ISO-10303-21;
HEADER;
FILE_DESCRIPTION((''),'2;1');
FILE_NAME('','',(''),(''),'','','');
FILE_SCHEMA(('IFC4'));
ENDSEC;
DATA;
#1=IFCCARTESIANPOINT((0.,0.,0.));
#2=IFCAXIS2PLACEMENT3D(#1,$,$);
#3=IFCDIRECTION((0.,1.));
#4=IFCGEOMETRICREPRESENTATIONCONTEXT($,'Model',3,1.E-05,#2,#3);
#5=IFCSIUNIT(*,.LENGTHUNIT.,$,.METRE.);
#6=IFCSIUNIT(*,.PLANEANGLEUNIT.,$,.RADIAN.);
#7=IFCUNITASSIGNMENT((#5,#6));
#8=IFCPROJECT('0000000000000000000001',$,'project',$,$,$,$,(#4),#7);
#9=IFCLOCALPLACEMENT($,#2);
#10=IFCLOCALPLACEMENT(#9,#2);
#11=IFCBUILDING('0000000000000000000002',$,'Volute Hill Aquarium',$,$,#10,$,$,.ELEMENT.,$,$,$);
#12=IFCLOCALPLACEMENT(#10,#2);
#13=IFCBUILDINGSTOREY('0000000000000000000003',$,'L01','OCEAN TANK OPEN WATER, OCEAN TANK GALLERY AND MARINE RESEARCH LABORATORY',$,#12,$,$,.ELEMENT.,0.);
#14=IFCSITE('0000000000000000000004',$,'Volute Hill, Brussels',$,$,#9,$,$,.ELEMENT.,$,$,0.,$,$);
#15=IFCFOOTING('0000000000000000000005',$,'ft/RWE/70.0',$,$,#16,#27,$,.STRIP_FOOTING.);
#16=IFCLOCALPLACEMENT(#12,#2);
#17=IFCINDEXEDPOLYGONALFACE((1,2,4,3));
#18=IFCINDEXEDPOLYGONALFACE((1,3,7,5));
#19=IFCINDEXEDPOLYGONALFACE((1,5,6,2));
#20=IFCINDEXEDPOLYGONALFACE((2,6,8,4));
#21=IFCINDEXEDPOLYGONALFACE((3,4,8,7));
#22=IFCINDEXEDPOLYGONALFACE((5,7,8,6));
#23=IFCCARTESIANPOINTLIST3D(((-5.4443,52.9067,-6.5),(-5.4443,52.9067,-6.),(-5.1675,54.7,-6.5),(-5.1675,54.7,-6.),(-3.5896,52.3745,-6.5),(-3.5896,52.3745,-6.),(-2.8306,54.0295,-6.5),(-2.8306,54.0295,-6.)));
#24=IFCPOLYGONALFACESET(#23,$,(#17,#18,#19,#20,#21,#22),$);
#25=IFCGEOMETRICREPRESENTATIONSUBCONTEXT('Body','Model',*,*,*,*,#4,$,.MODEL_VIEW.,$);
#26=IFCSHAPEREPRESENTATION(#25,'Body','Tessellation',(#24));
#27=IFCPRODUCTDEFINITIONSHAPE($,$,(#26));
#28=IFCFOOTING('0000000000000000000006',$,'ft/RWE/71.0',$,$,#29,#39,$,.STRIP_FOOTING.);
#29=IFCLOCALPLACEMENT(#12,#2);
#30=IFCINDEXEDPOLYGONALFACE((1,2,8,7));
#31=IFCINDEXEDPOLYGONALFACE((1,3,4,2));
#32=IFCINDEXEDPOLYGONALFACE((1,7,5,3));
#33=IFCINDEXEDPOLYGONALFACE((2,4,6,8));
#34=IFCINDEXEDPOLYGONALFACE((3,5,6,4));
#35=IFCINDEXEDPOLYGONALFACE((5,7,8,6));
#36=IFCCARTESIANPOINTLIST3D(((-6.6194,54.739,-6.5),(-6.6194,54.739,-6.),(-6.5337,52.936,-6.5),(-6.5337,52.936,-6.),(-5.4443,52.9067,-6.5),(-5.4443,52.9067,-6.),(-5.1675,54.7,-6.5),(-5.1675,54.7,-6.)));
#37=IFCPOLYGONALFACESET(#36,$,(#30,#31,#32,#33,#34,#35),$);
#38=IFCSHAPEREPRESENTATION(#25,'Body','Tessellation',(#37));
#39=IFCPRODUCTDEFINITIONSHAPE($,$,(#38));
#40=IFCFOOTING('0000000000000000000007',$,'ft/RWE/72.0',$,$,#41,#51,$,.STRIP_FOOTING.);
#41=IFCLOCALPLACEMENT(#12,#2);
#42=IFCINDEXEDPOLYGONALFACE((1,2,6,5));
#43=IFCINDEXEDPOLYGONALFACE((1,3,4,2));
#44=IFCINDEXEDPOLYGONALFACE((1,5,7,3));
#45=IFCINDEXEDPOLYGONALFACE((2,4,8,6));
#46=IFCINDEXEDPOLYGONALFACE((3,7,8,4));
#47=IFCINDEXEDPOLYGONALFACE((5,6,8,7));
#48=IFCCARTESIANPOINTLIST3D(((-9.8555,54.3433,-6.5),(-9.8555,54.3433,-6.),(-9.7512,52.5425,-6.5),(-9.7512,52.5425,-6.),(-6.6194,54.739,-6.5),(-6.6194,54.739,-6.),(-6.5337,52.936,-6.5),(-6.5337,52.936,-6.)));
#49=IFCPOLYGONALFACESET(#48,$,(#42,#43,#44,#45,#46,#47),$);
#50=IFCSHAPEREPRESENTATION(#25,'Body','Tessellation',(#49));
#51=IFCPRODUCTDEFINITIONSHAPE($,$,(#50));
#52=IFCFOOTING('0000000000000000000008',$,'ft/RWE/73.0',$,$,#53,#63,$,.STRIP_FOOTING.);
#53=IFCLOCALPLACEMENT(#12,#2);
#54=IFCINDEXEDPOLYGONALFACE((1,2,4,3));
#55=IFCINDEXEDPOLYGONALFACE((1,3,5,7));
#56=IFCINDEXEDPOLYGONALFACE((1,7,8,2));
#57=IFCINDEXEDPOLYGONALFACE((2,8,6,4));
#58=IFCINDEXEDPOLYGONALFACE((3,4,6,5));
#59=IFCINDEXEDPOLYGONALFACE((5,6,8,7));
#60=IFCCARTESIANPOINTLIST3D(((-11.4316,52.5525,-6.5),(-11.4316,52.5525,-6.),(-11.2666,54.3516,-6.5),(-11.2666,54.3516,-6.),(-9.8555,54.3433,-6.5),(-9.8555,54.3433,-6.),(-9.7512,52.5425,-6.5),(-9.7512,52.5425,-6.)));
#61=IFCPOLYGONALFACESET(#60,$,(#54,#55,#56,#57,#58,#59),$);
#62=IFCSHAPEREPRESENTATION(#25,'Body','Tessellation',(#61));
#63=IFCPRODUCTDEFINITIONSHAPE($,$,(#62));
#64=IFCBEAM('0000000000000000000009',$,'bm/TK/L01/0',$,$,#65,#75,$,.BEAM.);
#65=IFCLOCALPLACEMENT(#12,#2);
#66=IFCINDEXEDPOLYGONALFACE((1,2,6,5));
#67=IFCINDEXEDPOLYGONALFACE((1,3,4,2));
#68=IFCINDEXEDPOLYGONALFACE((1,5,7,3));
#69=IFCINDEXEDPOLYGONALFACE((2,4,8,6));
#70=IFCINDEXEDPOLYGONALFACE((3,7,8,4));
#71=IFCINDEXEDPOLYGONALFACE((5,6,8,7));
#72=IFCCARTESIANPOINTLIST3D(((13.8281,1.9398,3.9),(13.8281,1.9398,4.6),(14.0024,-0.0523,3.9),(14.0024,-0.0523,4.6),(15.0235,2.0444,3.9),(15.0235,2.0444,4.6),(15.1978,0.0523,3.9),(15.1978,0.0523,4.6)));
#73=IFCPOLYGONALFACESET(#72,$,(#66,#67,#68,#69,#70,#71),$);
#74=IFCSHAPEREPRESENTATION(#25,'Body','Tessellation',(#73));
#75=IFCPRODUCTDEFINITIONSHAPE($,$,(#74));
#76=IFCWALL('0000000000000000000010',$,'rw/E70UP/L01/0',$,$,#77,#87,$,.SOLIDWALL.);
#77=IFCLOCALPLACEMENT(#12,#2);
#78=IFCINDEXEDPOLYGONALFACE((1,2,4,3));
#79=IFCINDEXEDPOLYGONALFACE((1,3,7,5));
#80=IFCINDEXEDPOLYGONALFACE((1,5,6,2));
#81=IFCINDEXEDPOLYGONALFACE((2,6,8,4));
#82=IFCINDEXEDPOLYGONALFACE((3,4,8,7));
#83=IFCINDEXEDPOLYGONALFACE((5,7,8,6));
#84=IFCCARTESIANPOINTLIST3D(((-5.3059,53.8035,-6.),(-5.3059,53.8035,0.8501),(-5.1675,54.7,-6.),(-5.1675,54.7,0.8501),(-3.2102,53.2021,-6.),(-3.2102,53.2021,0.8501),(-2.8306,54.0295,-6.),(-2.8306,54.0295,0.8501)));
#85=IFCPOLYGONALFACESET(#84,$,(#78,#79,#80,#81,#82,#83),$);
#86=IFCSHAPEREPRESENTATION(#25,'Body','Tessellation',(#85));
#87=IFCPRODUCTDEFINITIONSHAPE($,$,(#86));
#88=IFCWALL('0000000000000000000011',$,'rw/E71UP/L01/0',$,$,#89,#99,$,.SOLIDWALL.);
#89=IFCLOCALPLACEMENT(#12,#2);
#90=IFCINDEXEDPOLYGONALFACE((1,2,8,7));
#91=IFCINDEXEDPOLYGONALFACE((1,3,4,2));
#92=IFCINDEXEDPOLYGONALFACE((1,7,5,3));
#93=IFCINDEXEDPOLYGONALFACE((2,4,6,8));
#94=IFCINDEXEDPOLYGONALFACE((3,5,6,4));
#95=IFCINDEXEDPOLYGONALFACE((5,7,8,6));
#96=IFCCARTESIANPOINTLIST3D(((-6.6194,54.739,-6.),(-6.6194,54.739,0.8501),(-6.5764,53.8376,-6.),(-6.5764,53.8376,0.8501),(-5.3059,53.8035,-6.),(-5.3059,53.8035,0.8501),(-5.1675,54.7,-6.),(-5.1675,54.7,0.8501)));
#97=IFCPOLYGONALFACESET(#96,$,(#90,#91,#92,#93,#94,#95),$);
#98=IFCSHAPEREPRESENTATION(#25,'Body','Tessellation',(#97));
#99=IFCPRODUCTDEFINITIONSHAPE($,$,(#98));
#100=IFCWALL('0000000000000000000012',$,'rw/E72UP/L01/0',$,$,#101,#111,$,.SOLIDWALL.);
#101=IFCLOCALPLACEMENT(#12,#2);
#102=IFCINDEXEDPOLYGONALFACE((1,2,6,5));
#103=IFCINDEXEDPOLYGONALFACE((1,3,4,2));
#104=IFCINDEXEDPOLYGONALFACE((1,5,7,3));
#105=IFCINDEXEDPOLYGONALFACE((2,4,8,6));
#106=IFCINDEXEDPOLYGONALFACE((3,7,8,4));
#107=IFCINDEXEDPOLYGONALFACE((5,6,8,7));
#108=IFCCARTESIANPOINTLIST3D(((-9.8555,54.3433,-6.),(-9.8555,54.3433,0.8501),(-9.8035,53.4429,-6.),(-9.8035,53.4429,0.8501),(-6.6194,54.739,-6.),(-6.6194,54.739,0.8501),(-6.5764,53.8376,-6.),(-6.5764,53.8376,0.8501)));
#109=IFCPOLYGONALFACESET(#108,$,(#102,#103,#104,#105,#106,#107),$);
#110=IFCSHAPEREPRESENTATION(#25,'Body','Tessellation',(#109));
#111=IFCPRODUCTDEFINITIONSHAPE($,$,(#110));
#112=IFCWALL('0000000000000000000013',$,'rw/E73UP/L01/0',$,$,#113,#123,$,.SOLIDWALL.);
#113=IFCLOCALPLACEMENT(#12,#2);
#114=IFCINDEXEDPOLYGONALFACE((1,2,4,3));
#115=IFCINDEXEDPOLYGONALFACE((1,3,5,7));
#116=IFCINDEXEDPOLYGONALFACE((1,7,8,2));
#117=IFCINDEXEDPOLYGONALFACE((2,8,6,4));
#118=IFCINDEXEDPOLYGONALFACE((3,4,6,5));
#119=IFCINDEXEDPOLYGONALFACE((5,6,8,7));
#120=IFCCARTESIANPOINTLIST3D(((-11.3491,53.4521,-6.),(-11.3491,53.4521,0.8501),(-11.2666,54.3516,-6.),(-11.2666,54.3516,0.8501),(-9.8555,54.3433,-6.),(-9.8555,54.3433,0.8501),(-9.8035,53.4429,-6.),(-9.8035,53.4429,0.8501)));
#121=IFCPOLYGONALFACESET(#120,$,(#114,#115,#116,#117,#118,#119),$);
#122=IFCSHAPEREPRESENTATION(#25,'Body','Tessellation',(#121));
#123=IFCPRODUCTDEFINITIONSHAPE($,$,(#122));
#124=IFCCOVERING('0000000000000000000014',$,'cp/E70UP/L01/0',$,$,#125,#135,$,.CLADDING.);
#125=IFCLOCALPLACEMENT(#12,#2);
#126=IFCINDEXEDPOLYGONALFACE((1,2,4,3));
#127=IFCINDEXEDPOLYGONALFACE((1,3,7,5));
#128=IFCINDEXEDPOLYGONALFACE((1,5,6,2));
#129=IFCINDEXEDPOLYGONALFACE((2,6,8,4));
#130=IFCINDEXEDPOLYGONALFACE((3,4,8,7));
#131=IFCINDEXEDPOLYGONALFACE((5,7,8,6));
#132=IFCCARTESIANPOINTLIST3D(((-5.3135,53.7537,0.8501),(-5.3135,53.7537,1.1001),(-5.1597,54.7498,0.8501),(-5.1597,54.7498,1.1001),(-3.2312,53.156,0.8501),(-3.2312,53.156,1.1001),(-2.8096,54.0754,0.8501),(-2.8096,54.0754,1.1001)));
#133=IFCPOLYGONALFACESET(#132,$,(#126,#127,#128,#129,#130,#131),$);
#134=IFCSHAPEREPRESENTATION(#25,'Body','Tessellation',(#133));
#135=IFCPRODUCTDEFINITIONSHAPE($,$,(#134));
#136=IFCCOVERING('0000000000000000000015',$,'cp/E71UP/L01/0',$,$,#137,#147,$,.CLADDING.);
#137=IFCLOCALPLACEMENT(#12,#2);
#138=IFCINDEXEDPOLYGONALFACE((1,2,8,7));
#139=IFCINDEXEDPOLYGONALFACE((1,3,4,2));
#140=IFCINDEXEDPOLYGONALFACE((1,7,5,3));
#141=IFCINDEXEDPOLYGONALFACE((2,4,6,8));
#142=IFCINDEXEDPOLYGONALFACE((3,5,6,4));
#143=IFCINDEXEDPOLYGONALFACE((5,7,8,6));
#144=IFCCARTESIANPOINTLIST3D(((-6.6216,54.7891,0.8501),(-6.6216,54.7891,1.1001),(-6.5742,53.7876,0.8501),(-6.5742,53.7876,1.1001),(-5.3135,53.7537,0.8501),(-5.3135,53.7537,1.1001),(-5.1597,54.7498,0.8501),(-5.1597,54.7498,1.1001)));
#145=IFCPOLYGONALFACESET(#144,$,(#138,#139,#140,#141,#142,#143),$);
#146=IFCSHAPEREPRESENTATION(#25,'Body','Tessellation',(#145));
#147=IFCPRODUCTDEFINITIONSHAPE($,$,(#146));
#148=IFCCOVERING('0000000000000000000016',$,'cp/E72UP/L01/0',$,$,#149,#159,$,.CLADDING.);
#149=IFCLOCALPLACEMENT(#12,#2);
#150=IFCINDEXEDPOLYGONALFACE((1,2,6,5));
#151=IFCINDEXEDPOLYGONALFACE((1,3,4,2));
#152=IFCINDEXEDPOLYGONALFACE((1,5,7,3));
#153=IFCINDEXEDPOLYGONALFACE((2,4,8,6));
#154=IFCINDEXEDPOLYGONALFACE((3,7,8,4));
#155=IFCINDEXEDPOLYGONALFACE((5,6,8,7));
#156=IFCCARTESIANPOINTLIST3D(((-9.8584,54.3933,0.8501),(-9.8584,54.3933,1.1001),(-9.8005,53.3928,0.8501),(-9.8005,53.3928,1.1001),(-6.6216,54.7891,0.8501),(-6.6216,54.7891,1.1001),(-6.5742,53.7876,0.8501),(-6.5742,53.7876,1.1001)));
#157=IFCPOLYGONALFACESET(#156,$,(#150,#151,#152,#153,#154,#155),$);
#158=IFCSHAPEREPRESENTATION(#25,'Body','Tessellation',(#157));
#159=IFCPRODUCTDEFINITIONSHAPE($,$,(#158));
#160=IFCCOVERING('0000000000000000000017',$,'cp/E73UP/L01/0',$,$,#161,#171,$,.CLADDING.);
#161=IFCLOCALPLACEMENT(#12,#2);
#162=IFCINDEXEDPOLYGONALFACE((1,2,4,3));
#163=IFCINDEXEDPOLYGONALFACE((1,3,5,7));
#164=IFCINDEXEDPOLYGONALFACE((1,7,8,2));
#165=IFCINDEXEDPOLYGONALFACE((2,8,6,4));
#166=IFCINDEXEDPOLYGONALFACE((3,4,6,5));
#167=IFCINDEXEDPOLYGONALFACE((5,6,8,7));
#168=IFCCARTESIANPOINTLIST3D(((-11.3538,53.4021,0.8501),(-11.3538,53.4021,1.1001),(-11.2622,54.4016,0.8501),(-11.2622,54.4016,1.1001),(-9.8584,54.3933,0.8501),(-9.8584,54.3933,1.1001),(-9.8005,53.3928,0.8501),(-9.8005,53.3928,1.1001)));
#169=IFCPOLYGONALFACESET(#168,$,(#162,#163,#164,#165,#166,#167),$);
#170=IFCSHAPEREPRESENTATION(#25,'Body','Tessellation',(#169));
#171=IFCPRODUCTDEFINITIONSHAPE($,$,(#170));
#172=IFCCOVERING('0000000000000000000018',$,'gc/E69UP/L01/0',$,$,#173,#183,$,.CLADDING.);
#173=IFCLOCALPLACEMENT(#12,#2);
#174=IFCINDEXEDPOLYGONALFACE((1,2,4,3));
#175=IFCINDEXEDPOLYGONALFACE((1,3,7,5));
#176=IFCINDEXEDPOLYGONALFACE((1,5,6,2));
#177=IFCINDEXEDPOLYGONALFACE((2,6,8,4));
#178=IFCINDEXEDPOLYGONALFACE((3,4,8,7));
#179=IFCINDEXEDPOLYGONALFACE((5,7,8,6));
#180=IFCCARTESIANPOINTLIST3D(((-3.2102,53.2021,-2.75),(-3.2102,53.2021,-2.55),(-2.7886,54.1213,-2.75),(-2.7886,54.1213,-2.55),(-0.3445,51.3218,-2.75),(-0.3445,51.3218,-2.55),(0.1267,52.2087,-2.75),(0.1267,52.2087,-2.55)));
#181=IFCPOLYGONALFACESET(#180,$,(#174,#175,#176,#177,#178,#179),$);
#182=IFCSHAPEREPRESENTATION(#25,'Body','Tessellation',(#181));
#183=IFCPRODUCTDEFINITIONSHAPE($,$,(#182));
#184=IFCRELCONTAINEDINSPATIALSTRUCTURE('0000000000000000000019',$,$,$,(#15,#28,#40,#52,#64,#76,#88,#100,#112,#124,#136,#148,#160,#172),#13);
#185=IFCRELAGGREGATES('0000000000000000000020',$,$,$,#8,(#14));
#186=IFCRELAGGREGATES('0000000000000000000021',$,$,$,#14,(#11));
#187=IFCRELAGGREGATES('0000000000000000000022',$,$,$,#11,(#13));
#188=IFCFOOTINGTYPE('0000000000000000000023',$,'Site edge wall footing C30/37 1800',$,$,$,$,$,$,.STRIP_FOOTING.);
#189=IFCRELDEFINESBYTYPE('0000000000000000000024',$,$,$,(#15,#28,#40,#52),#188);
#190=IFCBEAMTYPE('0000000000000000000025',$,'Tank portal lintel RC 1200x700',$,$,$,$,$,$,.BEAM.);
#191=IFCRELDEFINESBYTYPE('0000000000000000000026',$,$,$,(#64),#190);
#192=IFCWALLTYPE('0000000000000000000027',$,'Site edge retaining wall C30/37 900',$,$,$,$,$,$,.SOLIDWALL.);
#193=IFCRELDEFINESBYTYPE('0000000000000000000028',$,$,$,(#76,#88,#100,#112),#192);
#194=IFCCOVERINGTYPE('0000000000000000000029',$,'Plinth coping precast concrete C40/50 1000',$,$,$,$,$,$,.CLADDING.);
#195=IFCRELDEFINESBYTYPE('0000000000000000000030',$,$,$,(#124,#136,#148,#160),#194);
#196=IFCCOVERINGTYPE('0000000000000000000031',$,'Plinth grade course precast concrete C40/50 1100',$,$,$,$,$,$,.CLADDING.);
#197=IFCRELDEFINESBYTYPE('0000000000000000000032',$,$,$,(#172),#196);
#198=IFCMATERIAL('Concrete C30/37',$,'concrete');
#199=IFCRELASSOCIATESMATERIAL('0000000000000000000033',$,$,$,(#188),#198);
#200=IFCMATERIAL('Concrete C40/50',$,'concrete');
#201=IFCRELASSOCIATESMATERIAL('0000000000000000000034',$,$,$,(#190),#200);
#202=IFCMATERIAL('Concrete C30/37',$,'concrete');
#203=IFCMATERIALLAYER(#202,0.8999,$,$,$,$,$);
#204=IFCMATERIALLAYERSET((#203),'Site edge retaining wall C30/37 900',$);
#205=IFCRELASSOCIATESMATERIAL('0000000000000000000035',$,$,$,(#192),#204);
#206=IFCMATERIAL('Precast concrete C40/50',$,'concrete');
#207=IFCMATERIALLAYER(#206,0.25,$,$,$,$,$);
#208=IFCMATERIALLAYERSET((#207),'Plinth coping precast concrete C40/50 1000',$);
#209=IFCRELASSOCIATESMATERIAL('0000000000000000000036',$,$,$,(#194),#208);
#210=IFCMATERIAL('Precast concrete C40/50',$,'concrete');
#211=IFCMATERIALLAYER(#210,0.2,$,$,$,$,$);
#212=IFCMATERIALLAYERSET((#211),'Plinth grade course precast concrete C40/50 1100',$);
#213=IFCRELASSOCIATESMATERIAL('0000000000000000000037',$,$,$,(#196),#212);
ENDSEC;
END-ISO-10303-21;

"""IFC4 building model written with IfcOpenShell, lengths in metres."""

from ifc_helpers import new_model, si_unit, direction, frame, origin, origin_2d, place, context, subcontext, project, spatial, polyline, rectangle, outline, extrude, material, layer, layer_set, material_profile, profile_set, type_object, element, save


model = new_model("IFC4")

# Units and contexts
model_context = context("Model", 3, precision=1e-05, world=origin(), true_north=direction((0.0, 1.0)))
body_context = subcontext(model_context, "Body", "Model", "MODEL_VIEW")
ifc_project = project(units=[si_unit("LENGTHUNIT", "METRE"), si_unit("PLANEANGLEUNIT", "RADIAN")], contexts=[model_context])

# Site, building, storey
site_placement = place(None, origin())
site = spatial("IfcSite", under=ifc_project, at=site_placement, Name="Volute Hill, Brussels", CompositionType="ELEMENT", RefElevation=0.0)
building_placement = place(site_placement, origin())
building = spatial("IfcBuilding", under=site, at=building_placement, Name="Volute Hill Aquarium", CompositionType="ELEMENT")
storey_placement = place(building_placement, origin())
storey = spatial("IfcBuildingStorey", under=building, at=storey_placement, Name="L01", Description="OCEAN TANK OPEN WATER, OCEAN TANK GALLERY AND MARINE RESEARCH LABORATORY", CompositionType="ELEMENT", Elevation=0.0)

# Footings
ifc_material_1 = material(Name="Concrete C30/37", Category="concrete")
footing_type = type_object("IfcFootingType", Name="Site edge wall footing C30/37 1800", PredefinedType="STRIP_FOOTING", material=ifc_material_1)
footing_1_placement = place(storey_placement, frame((0.0, 0.0, -6.5)))
element("IfcFooting", 1, at=footing_1_placement, inside=storey, type_object=footing_type, Name="ft/RWE/70.0", PredefinedType="STRIP_FOOTING", context=body_context, shape_type="SweptSolid", body=[
    extrude(outline(polyline([(-5.1675, 54.7), (-5.1675, 54.7), (-5.4443, 52.9067), (-5.4443, 52.9067), (-3.5896, 52.3745), (-3.5896, 52.3745), (-2.8306, 54.0295), (-2.8306, 54.0295), (-5.1675, 54.7)])), origin(), (0.0, 0.0, 1.0), 0.5),
])
footing_2_placement = place(storey_placement, frame((0.0, 0.0, -6.5)))
element("IfcFooting", 2, at=footing_2_placement, inside=storey, type_object=footing_type, Name="ft/RWE/71.0", PredefinedType="STRIP_FOOTING", context=body_context, shape_type="SweptSolid", body=[
    extrude(outline(polyline([(-5.1675, 54.7), (-6.6194, 54.739), (-6.5337, 52.936), (-5.4443, 52.9067), (-5.1675, 54.7)])), origin(), (0.0, 0.0, 1.0), 0.5),
])
footing_3_placement = place(storey_placement, frame((0.0, 0.0, -6.5)))
element("IfcFooting", 3, at=footing_3_placement, inside=storey, type_object=footing_type, Name="ft/RWE/72.0", PredefinedType="STRIP_FOOTING", context=body_context, shape_type="SweptSolid", body=[
    extrude(outline(polyline([(-6.6194, 54.739), (-9.8555, 54.3433), (-9.7512, 52.5425), (-6.5337, 52.936), (-6.5337, 52.936), (-6.6194, 54.739), (-6.6194, 54.739)])), origin(), (0.0, 0.0, 1.0), 0.5),
])
footing_4_placement = place(storey_placement, frame((0.0, 0.0, -6.5)))
element("IfcFooting", 4, at=footing_4_placement, inside=storey, type_object=footing_type, Name="ft/RWE/73.0", PredefinedType="STRIP_FOOTING", context=body_context, shape_type="SweptSolid", body=[
    extrude(outline(polyline([(-9.8555, 54.3433), (-11.2666, 54.3516), (-11.4316, 52.5525), (-9.7512, 52.5425), (-9.7512, 52.5425), (-9.8555, 54.3433), (-9.8555, 54.3433)])), origin(), (0.0, 0.0, 1.0), 0.5),
])

# Beam
ifc_material_2 = material(Name="Concrete C40/50", Category="concrete")
ifc_material_profile = material_profile(ifc_material_2, rectangle(XDim=1.2, YDim=0.7, at=origin_2d()), Name="RC beam 1200x700")
ifc_profile_set = profile_set([ifc_material_profile], Name="Concrete C40/50")
beam_type = type_object("IfcBeamType", Name="Tank portal lintel RC 1200x700", PredefinedType="BEAM", material=ifc_profile_set)
beam_placement = place(storey_placement, frame((14.6001, 0.0, 4.25), z_axis=(-0.087167, 0.996194, 0.0), x_axis=(-0.996194, -0.087167, 0.0)))
element("IfcBeam", 5, at=beam_placement, inside=storey, type_object=beam_type, Name="bm/TK/L01/0", PredefinedType="BEAM", context=body_context, shape_type="SweptSolid", body=[
    extrude(rectangle(XDim=1.2, YDim=0.7, at=origin_2d()), origin(), (0.0, 0.0, 1.0), 1.9998),
])

# Walls
ifc_material_3 = material(Name="Concrete C30/37", Category="concrete")
ifc_layer_1 = layer(ifc_material_3, 0.8999)
ifc_layer_set_1 = layer_set([ifc_layer_1], Name="Site edge retaining wall C30/37 900")
wall_type = type_object("IfcWallType", Name="Site edge retaining wall C30/37 900", PredefinedType="SOLIDWALL", material=ifc_layer_set_1)
wall_1_placement = place(storey_placement, frame((0.0, 0.0, -6.0)))
element("IfcWall", 6, at=wall_1_placement, inside=storey, type_object=wall_type, Name="rw/E70UP/L01/0", PredefinedType="SOLIDWALL", context=body_context, shape_type="SweptSolid", body=[
    extrude(outline(polyline([(-5.1675, 54.7), (-5.1675, 54.7), (-5.3059, 53.8035), (-5.3059, 53.8035), (-3.2102, 53.2021), (-3.2102, 53.2021), (-2.8306, 54.0295), (-2.8306, 54.0295), (-5.1675, 54.7)])), origin(), (0.0, 0.0, 1.0), 6.8501),
])
wall_2_placement = place(storey_placement, frame((0.0, 0.0, -6.0)))
element("IfcWall", 7, at=wall_2_placement, inside=storey, type_object=wall_type, Name="rw/E71UP/L01/0", PredefinedType="SOLIDWALL", context=body_context, shape_type="SweptSolid", body=[
    extrude(outline(polyline([(-5.1675, 54.7), (-6.6194, 54.739), (-6.5764, 53.8376), (-5.3059, 53.8035), (-5.1675, 54.7)])), origin(), (0.0, 0.0, 1.0), 6.8501),
])
wall_3_placement = place(storey_placement, frame((0.0, 0.0, -6.0)))
element("IfcWall", 8, at=wall_3_placement, inside=storey, type_object=wall_type, Name="rw/E72UP/L01/0", PredefinedType="SOLIDWALL", context=body_context, shape_type="SweptSolid", body=[
    extrude(outline(polyline([(-6.6194, 54.739), (-9.8555, 54.3433), (-9.8035, 53.4429), (-6.5764, 53.8376), (-6.5764, 53.8376), (-6.6194, 54.739), (-6.6194, 54.739)])), origin(), (0.0, 0.0, 1.0), 6.8501),
])
wall_4_placement = place(storey_placement, frame((0.0, 0.0, -6.0)))
element("IfcWall", 9, at=wall_4_placement, inside=storey, type_object=wall_type, Name="rw/E73UP/L01/0", PredefinedType="SOLIDWALL", context=body_context, shape_type="SweptSolid", body=[
    extrude(outline(polyline([(-9.8555, 54.3433), (-11.2666, 54.3516), (-11.3491, 53.4521), (-9.8035, 53.4429), (-9.8035, 53.4429), (-9.8555, 54.3433), (-9.8555, 54.3433)])), origin(), (0.0, 0.0, 1.0), 6.8501),
])

# Coverings
ifc_material_4 = material(Name="Precast concrete C40/50", Category="concrete")
ifc_layer_2 = layer(ifc_material_4, 0.25)
ifc_layer_set_2 = layer_set([ifc_layer_2], Name="Plinth coping precast concrete C40/50 1000")
covering_type_1 = type_object("IfcCoveringType", Name="Plinth coping precast concrete C40/50 1000", PredefinedType="CLADDING", material=ifc_layer_set_2)
covering_1_placement = place(storey_placement, frame((0.0, 0.0, 0.8501)))
element("IfcCovering", 10, at=covering_1_placement, inside=storey, type_object=covering_type_1, Name="cp/E70UP/L01/0", PredefinedType="CLADDING", context=body_context, shape_type="SweptSolid", body=[
    extrude(outline(polyline([(-2.8096, 54.0754), (-5.1597, 54.7498), (-5.3135, 53.7537), (-3.2312, 53.156), (-3.2312, 53.156), (-2.8096, 54.0754)])), origin(), (0.0, 0.0, 1.0), 0.25),
])
covering_2_placement = place(storey_placement, frame((0.0, 0.0, 0.8501)))
element("IfcCovering", 11, at=covering_2_placement, inside=storey, type_object=covering_type_1, Name="cp/E71UP/L01/0", PredefinedType="CLADDING", context=body_context, shape_type="SweptSolid", body=[
    extrude(outline(polyline([(-6.6216, 54.7891), (-6.6216, 54.7891), (-6.5742, 53.7876), (-6.5742, 53.7876), (-5.3135, 53.7537), (-5.3135, 53.7537), (-5.1597, 54.7498), (-5.1597, 54.7498), (-6.6216, 54.7891)])), origin(), (0.0, 0.0, 1.0), 0.25),
])
covering_3_placement = place(storey_placement, frame((0.0, 0.0, 0.8501)))
element("IfcCovering", 12, at=covering_3_placement, inside=storey, type_object=covering_type_1, Name="cp/E72UP/L01/0", PredefinedType="CLADDING", context=body_context, shape_type="SweptSolid", body=[
    extrude(outline(polyline([(-9.8584, 54.3933), (-9.8584, 54.3933), (-9.8005, 53.3928), (-6.5742, 53.7876), (-6.6216, 54.7891), (-9.8584, 54.3933)])), origin(), (0.0, 0.0, 1.0), 0.25),
])
covering_4_placement = place(storey_placement, frame((0.0, 0.0, 0.8501)))
element("IfcCovering", 13, at=covering_4_placement, inside=storey, type_object=covering_type_1, Name="cp/E73UP/L01/0", PredefinedType="CLADDING", context=body_context, shape_type="SweptSolid", body=[
    extrude(outline(polyline([(-9.8584, 54.3933), (-11.2622, 54.4016), (-11.3538, 53.4021), (-9.8005, 53.3928), (-9.8005, 53.3928), (-9.8584, 54.3933)])), origin(), (0.0, 0.0, 1.0), 0.25),
])
ifc_material_5 = material(Name="Precast concrete C40/50", Category="concrete")
ifc_layer_3 = layer(ifc_material_5, 0.2)
ifc_layer_set_3 = layer_set([ifc_layer_3], Name="Plinth grade course precast concrete C40/50 1100")
covering_type_2 = type_object("IfcCoveringType", Name="Plinth grade course precast concrete C40/50 1100", PredefinedType="CLADDING", material=ifc_layer_set_3)
covering_5_placement = place(storey_placement, frame((0.0, 0.0, -2.75)))
element("IfcCovering", 14, at=covering_5_placement, inside=storey, type_object=covering_type_2, Name="gc/E69UP/L01/0", PredefinedType="CLADDING", context=body_context, shape_type="SweptSolid", body=[
    extrude(outline(polyline([(0.1267, 52.2087), (-2.7886, 54.1213), (-3.2102, 53.2021), (-0.3445, 51.3218), (-0.3445, 51.3218), (0.1267, 52.2087)])), origin(), (0.0, 0.0, 1.0), 0.2),
])

save(model, "model.ifc")
